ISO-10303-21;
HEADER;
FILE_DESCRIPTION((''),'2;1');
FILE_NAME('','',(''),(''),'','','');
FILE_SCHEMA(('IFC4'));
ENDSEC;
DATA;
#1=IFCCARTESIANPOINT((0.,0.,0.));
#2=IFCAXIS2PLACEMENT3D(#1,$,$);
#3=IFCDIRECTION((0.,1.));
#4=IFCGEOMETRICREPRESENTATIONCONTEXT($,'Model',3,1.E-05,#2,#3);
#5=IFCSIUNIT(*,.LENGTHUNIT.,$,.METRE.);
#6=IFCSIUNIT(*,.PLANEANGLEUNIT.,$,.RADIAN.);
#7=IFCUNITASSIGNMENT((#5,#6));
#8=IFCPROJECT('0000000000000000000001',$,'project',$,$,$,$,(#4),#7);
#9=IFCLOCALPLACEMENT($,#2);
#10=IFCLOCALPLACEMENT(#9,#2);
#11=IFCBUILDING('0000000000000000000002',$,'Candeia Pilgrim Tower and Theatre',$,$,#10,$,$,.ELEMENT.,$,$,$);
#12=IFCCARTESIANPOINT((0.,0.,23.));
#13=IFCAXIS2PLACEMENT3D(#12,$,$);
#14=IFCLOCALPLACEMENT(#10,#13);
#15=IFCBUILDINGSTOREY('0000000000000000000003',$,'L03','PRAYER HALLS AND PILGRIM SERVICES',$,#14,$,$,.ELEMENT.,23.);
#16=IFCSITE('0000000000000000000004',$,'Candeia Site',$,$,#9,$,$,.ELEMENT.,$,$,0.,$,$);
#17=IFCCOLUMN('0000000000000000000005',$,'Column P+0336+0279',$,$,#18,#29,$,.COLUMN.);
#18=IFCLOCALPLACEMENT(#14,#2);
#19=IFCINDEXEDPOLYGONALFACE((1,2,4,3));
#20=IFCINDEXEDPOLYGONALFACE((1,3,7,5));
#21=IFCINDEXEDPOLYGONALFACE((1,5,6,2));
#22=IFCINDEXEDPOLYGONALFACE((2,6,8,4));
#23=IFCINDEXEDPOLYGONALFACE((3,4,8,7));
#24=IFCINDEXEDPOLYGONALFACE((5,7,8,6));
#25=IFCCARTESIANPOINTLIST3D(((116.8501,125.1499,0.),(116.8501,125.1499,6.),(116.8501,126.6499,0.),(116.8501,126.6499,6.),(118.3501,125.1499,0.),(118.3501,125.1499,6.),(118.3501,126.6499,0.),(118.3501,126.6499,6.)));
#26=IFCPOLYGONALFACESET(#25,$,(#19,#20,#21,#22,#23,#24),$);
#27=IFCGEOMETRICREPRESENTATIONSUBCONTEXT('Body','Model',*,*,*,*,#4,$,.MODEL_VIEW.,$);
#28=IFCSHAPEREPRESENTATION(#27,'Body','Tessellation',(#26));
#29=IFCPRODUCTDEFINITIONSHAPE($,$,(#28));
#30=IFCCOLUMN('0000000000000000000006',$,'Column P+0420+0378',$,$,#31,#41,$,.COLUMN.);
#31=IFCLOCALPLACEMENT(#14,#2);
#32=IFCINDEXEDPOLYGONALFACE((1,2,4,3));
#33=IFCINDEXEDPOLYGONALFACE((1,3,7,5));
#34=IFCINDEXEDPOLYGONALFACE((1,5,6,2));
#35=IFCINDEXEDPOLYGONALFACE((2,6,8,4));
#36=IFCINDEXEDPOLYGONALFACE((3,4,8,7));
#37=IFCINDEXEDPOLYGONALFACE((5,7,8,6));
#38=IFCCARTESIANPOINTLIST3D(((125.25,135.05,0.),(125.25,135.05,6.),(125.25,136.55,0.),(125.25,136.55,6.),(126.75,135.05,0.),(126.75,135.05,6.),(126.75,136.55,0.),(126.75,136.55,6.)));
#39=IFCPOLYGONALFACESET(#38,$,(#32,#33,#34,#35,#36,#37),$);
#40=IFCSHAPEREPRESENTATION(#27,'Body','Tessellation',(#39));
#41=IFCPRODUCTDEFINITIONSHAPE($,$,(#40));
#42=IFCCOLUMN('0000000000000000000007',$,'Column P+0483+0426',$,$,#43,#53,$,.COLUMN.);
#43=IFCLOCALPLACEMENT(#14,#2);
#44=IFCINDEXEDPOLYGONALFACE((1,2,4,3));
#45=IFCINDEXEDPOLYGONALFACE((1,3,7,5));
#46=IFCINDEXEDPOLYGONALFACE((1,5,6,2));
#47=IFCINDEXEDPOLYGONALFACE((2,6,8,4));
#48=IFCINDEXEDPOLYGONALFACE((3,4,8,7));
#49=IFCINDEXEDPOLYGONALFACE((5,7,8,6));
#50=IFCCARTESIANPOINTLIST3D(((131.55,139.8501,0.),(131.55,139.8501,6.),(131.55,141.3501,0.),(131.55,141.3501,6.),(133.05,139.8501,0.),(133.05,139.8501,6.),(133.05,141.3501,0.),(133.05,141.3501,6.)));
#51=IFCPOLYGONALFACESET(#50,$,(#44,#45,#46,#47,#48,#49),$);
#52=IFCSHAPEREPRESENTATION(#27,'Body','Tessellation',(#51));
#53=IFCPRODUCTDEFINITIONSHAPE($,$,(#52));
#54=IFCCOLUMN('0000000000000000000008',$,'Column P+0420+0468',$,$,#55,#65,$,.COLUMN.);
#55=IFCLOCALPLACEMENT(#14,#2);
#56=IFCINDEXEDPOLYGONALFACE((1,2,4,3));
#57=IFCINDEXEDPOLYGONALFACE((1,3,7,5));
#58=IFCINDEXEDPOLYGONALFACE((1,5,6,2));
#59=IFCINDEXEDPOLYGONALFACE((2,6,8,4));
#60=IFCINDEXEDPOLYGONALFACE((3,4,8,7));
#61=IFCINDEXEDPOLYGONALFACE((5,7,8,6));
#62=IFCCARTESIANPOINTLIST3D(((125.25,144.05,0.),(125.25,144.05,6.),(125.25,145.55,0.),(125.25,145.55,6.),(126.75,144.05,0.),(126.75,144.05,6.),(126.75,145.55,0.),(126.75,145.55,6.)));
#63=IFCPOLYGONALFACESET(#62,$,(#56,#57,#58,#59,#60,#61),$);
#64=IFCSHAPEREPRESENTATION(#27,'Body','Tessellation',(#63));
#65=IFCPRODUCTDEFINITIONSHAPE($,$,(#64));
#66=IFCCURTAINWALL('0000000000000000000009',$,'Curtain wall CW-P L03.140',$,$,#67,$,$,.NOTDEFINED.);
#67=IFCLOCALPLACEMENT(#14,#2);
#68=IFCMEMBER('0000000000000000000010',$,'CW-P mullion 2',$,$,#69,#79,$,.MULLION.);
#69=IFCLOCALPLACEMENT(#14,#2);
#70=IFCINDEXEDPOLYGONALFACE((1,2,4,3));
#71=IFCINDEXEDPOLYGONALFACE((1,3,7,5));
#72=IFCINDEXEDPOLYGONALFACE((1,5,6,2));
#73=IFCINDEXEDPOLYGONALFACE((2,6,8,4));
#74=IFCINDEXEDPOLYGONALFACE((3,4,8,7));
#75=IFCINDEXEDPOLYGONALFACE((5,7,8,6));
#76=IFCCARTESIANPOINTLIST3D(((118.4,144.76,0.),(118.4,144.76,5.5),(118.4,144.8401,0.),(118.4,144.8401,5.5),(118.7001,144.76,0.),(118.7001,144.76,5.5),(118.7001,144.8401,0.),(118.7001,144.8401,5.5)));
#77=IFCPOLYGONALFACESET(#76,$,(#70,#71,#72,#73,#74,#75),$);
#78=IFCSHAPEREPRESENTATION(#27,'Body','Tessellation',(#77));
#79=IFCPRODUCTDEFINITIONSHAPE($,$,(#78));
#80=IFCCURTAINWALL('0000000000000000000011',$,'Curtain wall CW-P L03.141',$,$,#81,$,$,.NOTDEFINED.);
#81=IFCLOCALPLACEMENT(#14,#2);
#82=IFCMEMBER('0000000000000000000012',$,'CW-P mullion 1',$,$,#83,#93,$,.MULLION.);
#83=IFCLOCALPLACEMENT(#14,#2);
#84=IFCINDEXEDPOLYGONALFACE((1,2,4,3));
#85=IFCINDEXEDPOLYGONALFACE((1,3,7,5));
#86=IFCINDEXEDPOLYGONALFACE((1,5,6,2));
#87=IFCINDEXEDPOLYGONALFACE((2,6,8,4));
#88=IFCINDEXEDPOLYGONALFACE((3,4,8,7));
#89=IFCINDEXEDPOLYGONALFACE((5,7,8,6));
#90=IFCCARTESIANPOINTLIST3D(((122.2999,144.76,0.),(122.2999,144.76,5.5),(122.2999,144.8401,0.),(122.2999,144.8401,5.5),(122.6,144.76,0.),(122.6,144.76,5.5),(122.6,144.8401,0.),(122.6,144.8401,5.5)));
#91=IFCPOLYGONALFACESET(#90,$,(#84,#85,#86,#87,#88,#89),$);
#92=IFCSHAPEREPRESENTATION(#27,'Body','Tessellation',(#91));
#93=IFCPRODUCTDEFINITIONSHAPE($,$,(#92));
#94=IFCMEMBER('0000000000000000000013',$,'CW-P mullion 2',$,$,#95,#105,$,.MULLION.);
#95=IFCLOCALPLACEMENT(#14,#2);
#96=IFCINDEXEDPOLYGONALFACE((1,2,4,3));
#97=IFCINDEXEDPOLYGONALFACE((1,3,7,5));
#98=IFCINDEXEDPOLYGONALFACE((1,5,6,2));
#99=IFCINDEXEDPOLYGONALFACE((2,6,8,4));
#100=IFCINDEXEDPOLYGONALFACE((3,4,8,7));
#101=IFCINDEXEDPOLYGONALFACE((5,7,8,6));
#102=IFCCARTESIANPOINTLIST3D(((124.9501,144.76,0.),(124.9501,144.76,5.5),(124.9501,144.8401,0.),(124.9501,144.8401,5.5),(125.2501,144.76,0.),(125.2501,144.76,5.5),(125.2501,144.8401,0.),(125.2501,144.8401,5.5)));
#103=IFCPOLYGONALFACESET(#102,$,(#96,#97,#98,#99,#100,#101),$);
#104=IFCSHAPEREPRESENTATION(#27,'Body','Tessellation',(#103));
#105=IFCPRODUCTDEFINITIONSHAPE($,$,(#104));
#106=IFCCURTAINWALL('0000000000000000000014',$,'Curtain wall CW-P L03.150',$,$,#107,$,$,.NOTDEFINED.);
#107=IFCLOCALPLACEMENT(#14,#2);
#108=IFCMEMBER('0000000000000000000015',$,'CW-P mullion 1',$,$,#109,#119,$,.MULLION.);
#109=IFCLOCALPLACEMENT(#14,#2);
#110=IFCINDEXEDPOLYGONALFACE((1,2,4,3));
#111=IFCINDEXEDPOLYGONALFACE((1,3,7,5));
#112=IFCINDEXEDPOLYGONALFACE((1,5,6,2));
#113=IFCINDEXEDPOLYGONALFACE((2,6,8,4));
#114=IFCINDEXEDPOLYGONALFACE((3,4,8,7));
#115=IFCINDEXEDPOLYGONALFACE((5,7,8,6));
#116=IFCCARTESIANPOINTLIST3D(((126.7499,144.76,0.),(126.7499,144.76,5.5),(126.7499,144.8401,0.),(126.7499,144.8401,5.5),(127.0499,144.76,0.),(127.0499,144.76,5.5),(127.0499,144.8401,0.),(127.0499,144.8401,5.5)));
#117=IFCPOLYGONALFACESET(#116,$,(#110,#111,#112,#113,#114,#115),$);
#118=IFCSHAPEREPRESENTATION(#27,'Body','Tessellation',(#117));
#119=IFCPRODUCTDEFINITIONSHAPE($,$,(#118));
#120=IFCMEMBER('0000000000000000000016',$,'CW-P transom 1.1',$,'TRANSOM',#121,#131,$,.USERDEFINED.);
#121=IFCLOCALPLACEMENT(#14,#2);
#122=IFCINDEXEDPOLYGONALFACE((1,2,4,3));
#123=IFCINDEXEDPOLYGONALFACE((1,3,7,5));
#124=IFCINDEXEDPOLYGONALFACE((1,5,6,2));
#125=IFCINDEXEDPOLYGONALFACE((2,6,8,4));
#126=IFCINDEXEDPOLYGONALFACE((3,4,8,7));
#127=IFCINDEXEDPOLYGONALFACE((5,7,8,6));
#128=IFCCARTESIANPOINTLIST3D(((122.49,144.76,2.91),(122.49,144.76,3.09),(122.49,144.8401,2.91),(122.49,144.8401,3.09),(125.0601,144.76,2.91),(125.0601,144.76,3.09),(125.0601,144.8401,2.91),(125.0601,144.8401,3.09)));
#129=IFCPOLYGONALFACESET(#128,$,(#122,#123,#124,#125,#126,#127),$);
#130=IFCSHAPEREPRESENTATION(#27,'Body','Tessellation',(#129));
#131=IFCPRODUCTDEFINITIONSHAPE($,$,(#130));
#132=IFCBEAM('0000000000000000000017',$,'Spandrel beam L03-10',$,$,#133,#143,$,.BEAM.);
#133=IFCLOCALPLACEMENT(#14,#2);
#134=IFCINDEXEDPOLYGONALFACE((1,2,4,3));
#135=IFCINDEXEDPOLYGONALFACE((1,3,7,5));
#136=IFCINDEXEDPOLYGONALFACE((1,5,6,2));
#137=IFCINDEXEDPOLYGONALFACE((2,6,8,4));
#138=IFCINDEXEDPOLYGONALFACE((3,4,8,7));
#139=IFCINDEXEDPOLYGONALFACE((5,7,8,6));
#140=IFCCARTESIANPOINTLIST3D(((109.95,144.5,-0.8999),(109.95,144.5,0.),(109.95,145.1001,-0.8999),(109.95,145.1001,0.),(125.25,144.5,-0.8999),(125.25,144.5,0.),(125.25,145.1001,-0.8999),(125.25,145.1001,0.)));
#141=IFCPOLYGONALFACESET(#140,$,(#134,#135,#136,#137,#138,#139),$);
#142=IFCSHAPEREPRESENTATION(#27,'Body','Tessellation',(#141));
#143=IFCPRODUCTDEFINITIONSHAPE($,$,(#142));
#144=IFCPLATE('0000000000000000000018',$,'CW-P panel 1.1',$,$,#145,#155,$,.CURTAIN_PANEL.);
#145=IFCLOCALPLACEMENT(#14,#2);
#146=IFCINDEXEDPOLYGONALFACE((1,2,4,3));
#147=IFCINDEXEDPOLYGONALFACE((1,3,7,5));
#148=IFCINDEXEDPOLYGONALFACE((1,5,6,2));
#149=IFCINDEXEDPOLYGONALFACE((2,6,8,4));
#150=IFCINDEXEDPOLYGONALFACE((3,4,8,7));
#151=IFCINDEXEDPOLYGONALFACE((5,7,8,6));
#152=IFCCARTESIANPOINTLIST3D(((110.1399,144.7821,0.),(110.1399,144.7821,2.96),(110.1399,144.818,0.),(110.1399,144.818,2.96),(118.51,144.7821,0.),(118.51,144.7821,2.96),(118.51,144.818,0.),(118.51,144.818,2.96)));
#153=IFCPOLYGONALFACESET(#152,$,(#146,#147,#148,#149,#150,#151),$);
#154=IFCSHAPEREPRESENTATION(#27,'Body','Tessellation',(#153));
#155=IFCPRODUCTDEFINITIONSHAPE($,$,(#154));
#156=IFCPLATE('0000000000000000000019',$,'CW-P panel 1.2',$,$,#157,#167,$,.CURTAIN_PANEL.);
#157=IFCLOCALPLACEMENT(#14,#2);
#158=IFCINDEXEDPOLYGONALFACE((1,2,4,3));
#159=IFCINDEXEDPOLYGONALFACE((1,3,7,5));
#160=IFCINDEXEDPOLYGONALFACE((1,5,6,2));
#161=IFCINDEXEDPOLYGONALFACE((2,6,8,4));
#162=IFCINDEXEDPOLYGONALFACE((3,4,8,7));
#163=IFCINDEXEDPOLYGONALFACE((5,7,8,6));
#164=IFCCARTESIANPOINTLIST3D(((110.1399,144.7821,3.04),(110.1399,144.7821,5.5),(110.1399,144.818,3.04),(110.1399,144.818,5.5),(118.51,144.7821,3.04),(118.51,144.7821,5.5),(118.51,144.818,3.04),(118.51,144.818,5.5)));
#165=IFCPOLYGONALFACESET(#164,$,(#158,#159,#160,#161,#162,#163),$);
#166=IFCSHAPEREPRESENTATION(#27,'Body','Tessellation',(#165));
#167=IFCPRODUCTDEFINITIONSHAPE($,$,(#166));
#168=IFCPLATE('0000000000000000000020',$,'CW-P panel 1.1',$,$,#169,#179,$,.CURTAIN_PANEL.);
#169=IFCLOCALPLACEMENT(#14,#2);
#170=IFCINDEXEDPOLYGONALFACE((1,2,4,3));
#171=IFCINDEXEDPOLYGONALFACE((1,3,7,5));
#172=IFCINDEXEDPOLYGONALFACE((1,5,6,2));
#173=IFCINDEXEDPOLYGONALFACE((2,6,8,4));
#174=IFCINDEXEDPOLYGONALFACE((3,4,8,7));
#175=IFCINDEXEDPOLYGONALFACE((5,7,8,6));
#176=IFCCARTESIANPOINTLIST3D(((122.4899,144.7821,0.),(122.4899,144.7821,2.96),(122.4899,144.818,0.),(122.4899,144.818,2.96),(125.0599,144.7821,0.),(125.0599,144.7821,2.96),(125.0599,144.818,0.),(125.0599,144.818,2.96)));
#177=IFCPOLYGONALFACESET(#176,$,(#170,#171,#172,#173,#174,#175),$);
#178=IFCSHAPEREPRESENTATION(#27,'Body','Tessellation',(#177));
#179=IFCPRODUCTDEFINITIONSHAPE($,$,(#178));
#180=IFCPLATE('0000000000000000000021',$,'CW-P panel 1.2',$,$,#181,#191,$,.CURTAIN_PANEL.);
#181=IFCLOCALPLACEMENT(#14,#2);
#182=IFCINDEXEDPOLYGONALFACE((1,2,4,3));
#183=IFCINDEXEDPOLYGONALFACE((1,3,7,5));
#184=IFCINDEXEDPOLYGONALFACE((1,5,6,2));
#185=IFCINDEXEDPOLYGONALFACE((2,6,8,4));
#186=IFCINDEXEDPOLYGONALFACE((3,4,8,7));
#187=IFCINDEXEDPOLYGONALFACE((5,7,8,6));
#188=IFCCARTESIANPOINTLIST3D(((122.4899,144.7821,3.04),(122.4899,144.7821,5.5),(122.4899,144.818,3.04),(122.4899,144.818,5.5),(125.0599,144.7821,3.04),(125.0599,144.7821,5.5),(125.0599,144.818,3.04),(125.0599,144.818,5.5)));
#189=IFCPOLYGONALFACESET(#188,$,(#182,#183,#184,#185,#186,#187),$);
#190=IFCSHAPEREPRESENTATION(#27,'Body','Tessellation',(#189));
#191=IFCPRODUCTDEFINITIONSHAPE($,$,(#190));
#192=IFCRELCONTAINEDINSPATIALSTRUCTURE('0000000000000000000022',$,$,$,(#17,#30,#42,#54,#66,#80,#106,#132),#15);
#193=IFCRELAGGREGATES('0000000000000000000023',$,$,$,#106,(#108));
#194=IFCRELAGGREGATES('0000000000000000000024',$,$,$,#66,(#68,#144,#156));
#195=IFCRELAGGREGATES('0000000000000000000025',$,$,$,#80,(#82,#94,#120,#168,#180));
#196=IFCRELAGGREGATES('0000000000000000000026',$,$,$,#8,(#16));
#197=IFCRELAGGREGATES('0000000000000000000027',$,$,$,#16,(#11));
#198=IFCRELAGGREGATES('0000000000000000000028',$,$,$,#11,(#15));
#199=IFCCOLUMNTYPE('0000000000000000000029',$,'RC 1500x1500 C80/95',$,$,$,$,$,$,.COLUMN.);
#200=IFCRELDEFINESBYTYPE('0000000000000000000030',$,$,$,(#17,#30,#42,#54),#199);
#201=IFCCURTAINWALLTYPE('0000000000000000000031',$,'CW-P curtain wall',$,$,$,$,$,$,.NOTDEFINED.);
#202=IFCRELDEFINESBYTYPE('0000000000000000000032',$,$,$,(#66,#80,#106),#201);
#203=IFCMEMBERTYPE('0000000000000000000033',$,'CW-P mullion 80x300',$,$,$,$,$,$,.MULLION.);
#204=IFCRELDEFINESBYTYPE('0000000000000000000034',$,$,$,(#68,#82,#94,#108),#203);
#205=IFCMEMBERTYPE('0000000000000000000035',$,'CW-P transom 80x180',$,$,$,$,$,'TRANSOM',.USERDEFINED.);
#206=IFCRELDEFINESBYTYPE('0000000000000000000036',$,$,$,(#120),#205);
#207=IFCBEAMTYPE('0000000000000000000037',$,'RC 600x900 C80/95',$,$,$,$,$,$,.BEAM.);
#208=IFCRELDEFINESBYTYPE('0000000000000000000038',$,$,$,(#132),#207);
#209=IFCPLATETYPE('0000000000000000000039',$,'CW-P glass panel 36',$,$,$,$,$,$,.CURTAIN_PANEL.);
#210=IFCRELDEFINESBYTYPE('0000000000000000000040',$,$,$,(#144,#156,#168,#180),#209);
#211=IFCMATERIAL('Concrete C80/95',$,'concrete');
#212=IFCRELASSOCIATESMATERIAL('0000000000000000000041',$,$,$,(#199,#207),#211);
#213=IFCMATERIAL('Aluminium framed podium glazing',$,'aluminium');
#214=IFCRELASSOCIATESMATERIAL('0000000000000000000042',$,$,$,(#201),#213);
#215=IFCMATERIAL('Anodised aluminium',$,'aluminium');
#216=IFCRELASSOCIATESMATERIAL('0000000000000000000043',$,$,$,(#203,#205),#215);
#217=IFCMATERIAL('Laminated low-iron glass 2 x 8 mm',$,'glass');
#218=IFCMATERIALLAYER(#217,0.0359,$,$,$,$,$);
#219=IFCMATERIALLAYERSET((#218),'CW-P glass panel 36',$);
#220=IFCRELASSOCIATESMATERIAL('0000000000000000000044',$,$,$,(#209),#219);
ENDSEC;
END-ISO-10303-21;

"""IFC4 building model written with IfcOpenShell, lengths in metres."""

from ifc_helpers import new_model, si_unit, direction, frame, origin, origin_2d, place, context, subcontext, project, spatial, rectangle, extrude, material, layer, layer_set, material_profile, profile_set, type_object, element, aggregate, save


model = new_model("IFC4")

# Units and contexts
model_context = context("Model", 3, precision=1e-05, world=origin(), true_north=direction((0.0, 1.0)))
body_context = subcontext(model_context, "Body", "Model", "MODEL_VIEW")
ifc_project = project(units=[si_unit("LENGTHUNIT", "METRE"), si_unit("PLANEANGLEUNIT", "RADIAN")], contexts=[model_context])

# Site, building, storey
site_placement = place(None, origin())
site = spatial("IfcSite", under=ifc_project, at=site_placement, Name="Candeia Site", CompositionType="ELEMENT", RefElevation=0.0)
building_placement = place(site_placement, origin())
building = spatial("IfcBuilding", under=site, at=building_placement, Name="Candeia Pilgrim Tower and Theatre", CompositionType="ELEMENT")
storey_placement = place(building_placement, frame((0.0, 0.0, 23.0)))
storey = spatial("IfcBuildingStorey", under=building, at=storey_placement, Name="L03", Description="PRAYER HALLS AND PILGRIM SERVICES", CompositionType="ELEMENT", Elevation=23.0)

# Columns
ifc_material_1 = material(Name="Concrete C80/95", Category="concrete")
ifc_material_profile_1 = material_profile(ifc_material_1, rectangle(XDim=1.5, YDim=1.5, at=origin_2d()))
ifc_profile_set_1 = profile_set([ifc_material_profile_1], Name="Concrete C80/95")
column_type = type_object("IfcColumnType", Name="RC 1500x1500 C80/95", PredefinedType="COLUMN", material=ifc_profile_set_1)
for number, where, z_axis, x_axis, name in (
    (1, (117.6001, 125.8999, 0.0), (0.0, 0.0, 1.0), (1.0, 0.0, 0.0), "Column P+0336+0279"),
    (2, (126.0, 135.8, 0.0), (0.0, 0.0, 1.0), (1.0, 0.0, 0.0), "Column P+0420+0378"),
    (3, (132.3, 140.6001, 0.0), (0.0, 0.0, 1.0), (1.0, 0.0, 0.0), "Column P+0483+0426"),
    (4, (126.0, 144.8, 0.0), (0.0, 0.0, 1.0), (1.0, 0.0, 0.0), "Column P+0420+0468"),
):
    element("IfcColumn", number, at=place(storey_placement, frame(where, z_axis=z_axis, x_axis=x_axis)), inside=storey, type_object=column_type, Name=name, PredefinedType="COLUMN", context=body_context, shape_type="SweptSolid", body=[
        extrude(rectangle(XDim=1.5, YDim=1.5, at=origin_2d()), origin(), (0.0, 0.0, 1.0), 6.0),
    ])

# Curtain wall, member
ifc_material_2 = material(Name="Aluminium framed podium glazing", Category="aluminium")
curtain_wall_type = type_object("IfcCurtainWallType", Name="CW-P curtain wall", PredefinedType="NOTDEFINED", material=ifc_material_2)
curtain_wall_1_placement = place(storey_placement, origin())
curtain_wall_1 = element("IfcCurtainWall", 5, at=curtain_wall_1_placement, inside=storey, type_object=curtain_wall_type, Name="Curtain wall CW-P L03.140", PredefinedType="NOTDEFINED")
ifc_material_3 = material(Name="Anodised aluminium", Category="aluminium")
ifc_material_profile_2 = material_profile(ifc_material_3, rectangle(XDim=0.0801, YDim=0.3, at=origin_2d()))
ifc_profile_set_2 = profile_set([ifc_material_profile_2], Name="Anodised aluminium")
member_type_1 = type_object("IfcMemberType", Name="CW-P mullion 80x300", PredefinedType="MULLION", material=ifc_profile_set_2)
member_1_placement = place(storey_placement, frame((118.55, 144.8, 0.0), z_axis=(0.0, 0.0, 1.0), x_axis=(0.0, 1.0, 0.0)))
member_1 = element("IfcMember", 6, at=member_1_placement, type_object=member_type_1, Name="CW-P mullion 2", PredefinedType="MULLION", context=body_context, shape_type="SweptSolid", body=[
    extrude(rectangle(XDim=0.0801, YDim=0.3, at=origin_2d()), origin(), (0.0, 0.0, 1.0), 5.5),
])

# Curtain wall, members
curtain_wall_2_placement = place(storey_placement, origin())
curtain_wall_2 = element("IfcCurtainWall", 7, at=curtain_wall_2_placement, inside=storey, type_object=curtain_wall_type, Name="Curtain wall CW-P L03.141", PredefinedType="NOTDEFINED")
member_2_placement = place(storey_placement, frame((122.45, 144.8, 0.0), z_axis=(0.0, 0.0, 1.0), x_axis=(0.0, 1.0, 0.0)))
member_2 = element("IfcMember", 8, at=member_2_placement, type_object=member_type_1, Name="CW-P mullion 1", PredefinedType="MULLION", context=body_context, shape_type="SweptSolid", body=[
    extrude(rectangle(XDim=0.0801, YDim=0.3, at=origin_2d()), origin(), (0.0, 0.0, 1.0), 5.5),
])
member_3_placement = place(storey_placement, frame((125.1001, 144.8, 0.0), z_axis=(0.0, 0.0, 1.0), x_axis=(0.0, 1.0, 0.0)))
member_3 = element("IfcMember", 9, at=member_3_placement, type_object=member_type_1, Name="CW-P mullion 2", PredefinedType="MULLION", context=body_context, shape_type="SweptSolid", body=[
    extrude(rectangle(XDim=0.0801, YDim=0.3, at=origin_2d()), origin(), (0.0, 0.0, 1.0), 5.5),
])

# Curtain wall, member
curtain_wall_3_placement = place(storey_placement, origin())
curtain_wall_3 = element("IfcCurtainWall", 10, at=curtain_wall_3_placement, inside=storey, type_object=curtain_wall_type, Name="Curtain wall CW-P L03.150", PredefinedType="NOTDEFINED")
member_4_placement = place(storey_placement, frame((126.8999, 144.8, 0.0), z_axis=(0.0, 0.0, 1.0), x_axis=(0.0, 1.0, 0.0)))
member_4 = element("IfcMember", 11, at=member_4_placement, type_object=member_type_1, Name="CW-P mullion 1", PredefinedType="MULLION", context=body_context, shape_type="SweptSolid", body=[
    extrude(rectangle(XDim=0.0801, YDim=0.3, at=origin_2d()), origin(), (0.0, 0.0, 1.0), 5.5),
])
aggregate(curtain_wall_3, [member_4])

# Member
ifc_material_profile_3 = material_profile(ifc_material_3, rectangle(XDim=0.0801, YDim=0.1799, at=origin_2d()))
ifc_profile_set_3 = profile_set([ifc_material_profile_3], Name="Anodised aluminium")
member_type_2 = type_object("IfcMemberType", Name="CW-P transom 80x180", ElementType="TRANSOM", PredefinedType="USERDEFINED", material=ifc_profile_set_3)
member_5_placement = place(storey_placement, frame((122.49, 144.8, 3.0), z_axis=(1.0, 0.0, 0.0), x_axis=(0.0, 1.0, 0.0)))
member_5 = element("IfcMember", 12, at=member_5_placement, type_object=member_type_2, Name="CW-P transom 1.1", ObjectType="TRANSOM", PredefinedType="USERDEFINED", context=body_context, shape_type="SweptSolid", body=[
    extrude(rectangle(XDim=0.0801, YDim=0.1799, at=origin_2d()), origin(), (0.0, 0.0, 1.0), 2.5701),
])

# Beam
ifc_material_profile_4 = material_profile(ifc_material_1, rectangle(XDim=0.6001, YDim=0.8999, at=origin_2d()))
ifc_profile_set_4 = profile_set([ifc_material_profile_4], Name="Concrete C80/95")
beam_type = type_object("IfcBeamType", Name="RC 600x900 C80/95", PredefinedType="BEAM", material=ifc_profile_set_4)
beam_placement = place(storey_placement, frame((125.25, 144.8, -0.45), z_axis=(-1.0, 0.0, 0.0), x_axis=(0.0, -1.0, 0.0)))
element("IfcBeam", 13, at=beam_placement, inside=storey, type_object=beam_type, Name="Spandrel beam L03-10", PredefinedType="BEAM", context=body_context, shape_type="SweptSolid", body=[
    extrude(rectangle(XDim=0.6001, YDim=0.8999, at=origin_2d()), origin(), (0.0, 0.0, 1.0), 15.3),
])

# Plates
ifc_material_4 = material(Name="Laminated low-iron glass 2 x 8 mm", Category="glass")
ifc_layer_1 = layer(ifc_material_4, 0.0359)
ifc_layer_set_1 = layer_set([ifc_layer_1], Name="CW-P glass panel 36")
plate_type = type_object("IfcPlateType", Name="CW-P glass panel 36", PredefinedType="CURTAIN_PANEL", material=ifc_layer_set_1)
plate_1_placement = place(storey_placement, frame((114.325, 144.8, 0.0), z_axis=(0.0, 0.0, 1.0), x_axis=(1.0, 0.0, 0.0)))
plate_1 = element("IfcPlate", 14, at=plate_1_placement, type_object=plate_type, Name="CW-P panel 1.1", PredefinedType="CURTAIN_PANEL", context=body_context, shape_type="SweptSolid", body=[
    extrude(rectangle(XDim=8.3701, YDim=0.0359, at=origin_2d()), origin(), (0.0, 0.0, 1.0), 2.96),
])
plate_2_placement = place(storey_placement, frame((114.325, 144.8, 3.04), z_axis=(0.0, 0.0, 1.0), x_axis=(1.0, 0.0, 0.0)))
plate_2 = element("IfcPlate", 15, at=plate_2_placement, type_object=plate_type, Name="CW-P panel 1.2", PredefinedType="CURTAIN_PANEL", context=body_context, shape_type="SweptSolid", body=[
    extrude(rectangle(XDim=8.3701, YDim=0.0359, at=origin_2d()), origin(), (0.0, 0.0, 1.0), 2.46),
])
aggregate(curtain_wall_1, [member_1, plate_1, plate_2])
plate_3_placement = place(storey_placement, frame((123.7749, 144.8, 0.0), z_axis=(0.0, 0.0, 1.0), x_axis=(1.0, 0.0, 0.0)))
plate_3 = element("IfcPlate", 16, at=plate_3_placement, type_object=plate_type, Name="CW-P panel 1.1", PredefinedType="CURTAIN_PANEL", context=body_context, shape_type="SweptSolid", body=[
    extrude(rectangle(XDim=2.5701, YDim=0.0359, at=origin_2d()), origin(), (0.0, 0.0, 1.0), 2.96),
])
plate_4_placement = place(storey_placement, frame((123.7749, 144.8, 3.04), z_axis=(0.0, 0.0, 1.0), x_axis=(1.0, 0.0, 0.0)))
plate_4 = element("IfcPlate", 17, at=plate_4_placement, type_object=plate_type, Name="CW-P panel 1.2", PredefinedType="CURTAIN_PANEL", context=body_context, shape_type="SweptSolid", body=[
    extrude(rectangle(XDim=2.5701, YDim=0.0359, at=origin_2d()), origin(), (0.0, 0.0, 1.0), 2.46),
])
aggregate(curtain_wall_2, [member_2, member_3, member_5, plate_3, plate_4])

save(model, "model.ifc")
